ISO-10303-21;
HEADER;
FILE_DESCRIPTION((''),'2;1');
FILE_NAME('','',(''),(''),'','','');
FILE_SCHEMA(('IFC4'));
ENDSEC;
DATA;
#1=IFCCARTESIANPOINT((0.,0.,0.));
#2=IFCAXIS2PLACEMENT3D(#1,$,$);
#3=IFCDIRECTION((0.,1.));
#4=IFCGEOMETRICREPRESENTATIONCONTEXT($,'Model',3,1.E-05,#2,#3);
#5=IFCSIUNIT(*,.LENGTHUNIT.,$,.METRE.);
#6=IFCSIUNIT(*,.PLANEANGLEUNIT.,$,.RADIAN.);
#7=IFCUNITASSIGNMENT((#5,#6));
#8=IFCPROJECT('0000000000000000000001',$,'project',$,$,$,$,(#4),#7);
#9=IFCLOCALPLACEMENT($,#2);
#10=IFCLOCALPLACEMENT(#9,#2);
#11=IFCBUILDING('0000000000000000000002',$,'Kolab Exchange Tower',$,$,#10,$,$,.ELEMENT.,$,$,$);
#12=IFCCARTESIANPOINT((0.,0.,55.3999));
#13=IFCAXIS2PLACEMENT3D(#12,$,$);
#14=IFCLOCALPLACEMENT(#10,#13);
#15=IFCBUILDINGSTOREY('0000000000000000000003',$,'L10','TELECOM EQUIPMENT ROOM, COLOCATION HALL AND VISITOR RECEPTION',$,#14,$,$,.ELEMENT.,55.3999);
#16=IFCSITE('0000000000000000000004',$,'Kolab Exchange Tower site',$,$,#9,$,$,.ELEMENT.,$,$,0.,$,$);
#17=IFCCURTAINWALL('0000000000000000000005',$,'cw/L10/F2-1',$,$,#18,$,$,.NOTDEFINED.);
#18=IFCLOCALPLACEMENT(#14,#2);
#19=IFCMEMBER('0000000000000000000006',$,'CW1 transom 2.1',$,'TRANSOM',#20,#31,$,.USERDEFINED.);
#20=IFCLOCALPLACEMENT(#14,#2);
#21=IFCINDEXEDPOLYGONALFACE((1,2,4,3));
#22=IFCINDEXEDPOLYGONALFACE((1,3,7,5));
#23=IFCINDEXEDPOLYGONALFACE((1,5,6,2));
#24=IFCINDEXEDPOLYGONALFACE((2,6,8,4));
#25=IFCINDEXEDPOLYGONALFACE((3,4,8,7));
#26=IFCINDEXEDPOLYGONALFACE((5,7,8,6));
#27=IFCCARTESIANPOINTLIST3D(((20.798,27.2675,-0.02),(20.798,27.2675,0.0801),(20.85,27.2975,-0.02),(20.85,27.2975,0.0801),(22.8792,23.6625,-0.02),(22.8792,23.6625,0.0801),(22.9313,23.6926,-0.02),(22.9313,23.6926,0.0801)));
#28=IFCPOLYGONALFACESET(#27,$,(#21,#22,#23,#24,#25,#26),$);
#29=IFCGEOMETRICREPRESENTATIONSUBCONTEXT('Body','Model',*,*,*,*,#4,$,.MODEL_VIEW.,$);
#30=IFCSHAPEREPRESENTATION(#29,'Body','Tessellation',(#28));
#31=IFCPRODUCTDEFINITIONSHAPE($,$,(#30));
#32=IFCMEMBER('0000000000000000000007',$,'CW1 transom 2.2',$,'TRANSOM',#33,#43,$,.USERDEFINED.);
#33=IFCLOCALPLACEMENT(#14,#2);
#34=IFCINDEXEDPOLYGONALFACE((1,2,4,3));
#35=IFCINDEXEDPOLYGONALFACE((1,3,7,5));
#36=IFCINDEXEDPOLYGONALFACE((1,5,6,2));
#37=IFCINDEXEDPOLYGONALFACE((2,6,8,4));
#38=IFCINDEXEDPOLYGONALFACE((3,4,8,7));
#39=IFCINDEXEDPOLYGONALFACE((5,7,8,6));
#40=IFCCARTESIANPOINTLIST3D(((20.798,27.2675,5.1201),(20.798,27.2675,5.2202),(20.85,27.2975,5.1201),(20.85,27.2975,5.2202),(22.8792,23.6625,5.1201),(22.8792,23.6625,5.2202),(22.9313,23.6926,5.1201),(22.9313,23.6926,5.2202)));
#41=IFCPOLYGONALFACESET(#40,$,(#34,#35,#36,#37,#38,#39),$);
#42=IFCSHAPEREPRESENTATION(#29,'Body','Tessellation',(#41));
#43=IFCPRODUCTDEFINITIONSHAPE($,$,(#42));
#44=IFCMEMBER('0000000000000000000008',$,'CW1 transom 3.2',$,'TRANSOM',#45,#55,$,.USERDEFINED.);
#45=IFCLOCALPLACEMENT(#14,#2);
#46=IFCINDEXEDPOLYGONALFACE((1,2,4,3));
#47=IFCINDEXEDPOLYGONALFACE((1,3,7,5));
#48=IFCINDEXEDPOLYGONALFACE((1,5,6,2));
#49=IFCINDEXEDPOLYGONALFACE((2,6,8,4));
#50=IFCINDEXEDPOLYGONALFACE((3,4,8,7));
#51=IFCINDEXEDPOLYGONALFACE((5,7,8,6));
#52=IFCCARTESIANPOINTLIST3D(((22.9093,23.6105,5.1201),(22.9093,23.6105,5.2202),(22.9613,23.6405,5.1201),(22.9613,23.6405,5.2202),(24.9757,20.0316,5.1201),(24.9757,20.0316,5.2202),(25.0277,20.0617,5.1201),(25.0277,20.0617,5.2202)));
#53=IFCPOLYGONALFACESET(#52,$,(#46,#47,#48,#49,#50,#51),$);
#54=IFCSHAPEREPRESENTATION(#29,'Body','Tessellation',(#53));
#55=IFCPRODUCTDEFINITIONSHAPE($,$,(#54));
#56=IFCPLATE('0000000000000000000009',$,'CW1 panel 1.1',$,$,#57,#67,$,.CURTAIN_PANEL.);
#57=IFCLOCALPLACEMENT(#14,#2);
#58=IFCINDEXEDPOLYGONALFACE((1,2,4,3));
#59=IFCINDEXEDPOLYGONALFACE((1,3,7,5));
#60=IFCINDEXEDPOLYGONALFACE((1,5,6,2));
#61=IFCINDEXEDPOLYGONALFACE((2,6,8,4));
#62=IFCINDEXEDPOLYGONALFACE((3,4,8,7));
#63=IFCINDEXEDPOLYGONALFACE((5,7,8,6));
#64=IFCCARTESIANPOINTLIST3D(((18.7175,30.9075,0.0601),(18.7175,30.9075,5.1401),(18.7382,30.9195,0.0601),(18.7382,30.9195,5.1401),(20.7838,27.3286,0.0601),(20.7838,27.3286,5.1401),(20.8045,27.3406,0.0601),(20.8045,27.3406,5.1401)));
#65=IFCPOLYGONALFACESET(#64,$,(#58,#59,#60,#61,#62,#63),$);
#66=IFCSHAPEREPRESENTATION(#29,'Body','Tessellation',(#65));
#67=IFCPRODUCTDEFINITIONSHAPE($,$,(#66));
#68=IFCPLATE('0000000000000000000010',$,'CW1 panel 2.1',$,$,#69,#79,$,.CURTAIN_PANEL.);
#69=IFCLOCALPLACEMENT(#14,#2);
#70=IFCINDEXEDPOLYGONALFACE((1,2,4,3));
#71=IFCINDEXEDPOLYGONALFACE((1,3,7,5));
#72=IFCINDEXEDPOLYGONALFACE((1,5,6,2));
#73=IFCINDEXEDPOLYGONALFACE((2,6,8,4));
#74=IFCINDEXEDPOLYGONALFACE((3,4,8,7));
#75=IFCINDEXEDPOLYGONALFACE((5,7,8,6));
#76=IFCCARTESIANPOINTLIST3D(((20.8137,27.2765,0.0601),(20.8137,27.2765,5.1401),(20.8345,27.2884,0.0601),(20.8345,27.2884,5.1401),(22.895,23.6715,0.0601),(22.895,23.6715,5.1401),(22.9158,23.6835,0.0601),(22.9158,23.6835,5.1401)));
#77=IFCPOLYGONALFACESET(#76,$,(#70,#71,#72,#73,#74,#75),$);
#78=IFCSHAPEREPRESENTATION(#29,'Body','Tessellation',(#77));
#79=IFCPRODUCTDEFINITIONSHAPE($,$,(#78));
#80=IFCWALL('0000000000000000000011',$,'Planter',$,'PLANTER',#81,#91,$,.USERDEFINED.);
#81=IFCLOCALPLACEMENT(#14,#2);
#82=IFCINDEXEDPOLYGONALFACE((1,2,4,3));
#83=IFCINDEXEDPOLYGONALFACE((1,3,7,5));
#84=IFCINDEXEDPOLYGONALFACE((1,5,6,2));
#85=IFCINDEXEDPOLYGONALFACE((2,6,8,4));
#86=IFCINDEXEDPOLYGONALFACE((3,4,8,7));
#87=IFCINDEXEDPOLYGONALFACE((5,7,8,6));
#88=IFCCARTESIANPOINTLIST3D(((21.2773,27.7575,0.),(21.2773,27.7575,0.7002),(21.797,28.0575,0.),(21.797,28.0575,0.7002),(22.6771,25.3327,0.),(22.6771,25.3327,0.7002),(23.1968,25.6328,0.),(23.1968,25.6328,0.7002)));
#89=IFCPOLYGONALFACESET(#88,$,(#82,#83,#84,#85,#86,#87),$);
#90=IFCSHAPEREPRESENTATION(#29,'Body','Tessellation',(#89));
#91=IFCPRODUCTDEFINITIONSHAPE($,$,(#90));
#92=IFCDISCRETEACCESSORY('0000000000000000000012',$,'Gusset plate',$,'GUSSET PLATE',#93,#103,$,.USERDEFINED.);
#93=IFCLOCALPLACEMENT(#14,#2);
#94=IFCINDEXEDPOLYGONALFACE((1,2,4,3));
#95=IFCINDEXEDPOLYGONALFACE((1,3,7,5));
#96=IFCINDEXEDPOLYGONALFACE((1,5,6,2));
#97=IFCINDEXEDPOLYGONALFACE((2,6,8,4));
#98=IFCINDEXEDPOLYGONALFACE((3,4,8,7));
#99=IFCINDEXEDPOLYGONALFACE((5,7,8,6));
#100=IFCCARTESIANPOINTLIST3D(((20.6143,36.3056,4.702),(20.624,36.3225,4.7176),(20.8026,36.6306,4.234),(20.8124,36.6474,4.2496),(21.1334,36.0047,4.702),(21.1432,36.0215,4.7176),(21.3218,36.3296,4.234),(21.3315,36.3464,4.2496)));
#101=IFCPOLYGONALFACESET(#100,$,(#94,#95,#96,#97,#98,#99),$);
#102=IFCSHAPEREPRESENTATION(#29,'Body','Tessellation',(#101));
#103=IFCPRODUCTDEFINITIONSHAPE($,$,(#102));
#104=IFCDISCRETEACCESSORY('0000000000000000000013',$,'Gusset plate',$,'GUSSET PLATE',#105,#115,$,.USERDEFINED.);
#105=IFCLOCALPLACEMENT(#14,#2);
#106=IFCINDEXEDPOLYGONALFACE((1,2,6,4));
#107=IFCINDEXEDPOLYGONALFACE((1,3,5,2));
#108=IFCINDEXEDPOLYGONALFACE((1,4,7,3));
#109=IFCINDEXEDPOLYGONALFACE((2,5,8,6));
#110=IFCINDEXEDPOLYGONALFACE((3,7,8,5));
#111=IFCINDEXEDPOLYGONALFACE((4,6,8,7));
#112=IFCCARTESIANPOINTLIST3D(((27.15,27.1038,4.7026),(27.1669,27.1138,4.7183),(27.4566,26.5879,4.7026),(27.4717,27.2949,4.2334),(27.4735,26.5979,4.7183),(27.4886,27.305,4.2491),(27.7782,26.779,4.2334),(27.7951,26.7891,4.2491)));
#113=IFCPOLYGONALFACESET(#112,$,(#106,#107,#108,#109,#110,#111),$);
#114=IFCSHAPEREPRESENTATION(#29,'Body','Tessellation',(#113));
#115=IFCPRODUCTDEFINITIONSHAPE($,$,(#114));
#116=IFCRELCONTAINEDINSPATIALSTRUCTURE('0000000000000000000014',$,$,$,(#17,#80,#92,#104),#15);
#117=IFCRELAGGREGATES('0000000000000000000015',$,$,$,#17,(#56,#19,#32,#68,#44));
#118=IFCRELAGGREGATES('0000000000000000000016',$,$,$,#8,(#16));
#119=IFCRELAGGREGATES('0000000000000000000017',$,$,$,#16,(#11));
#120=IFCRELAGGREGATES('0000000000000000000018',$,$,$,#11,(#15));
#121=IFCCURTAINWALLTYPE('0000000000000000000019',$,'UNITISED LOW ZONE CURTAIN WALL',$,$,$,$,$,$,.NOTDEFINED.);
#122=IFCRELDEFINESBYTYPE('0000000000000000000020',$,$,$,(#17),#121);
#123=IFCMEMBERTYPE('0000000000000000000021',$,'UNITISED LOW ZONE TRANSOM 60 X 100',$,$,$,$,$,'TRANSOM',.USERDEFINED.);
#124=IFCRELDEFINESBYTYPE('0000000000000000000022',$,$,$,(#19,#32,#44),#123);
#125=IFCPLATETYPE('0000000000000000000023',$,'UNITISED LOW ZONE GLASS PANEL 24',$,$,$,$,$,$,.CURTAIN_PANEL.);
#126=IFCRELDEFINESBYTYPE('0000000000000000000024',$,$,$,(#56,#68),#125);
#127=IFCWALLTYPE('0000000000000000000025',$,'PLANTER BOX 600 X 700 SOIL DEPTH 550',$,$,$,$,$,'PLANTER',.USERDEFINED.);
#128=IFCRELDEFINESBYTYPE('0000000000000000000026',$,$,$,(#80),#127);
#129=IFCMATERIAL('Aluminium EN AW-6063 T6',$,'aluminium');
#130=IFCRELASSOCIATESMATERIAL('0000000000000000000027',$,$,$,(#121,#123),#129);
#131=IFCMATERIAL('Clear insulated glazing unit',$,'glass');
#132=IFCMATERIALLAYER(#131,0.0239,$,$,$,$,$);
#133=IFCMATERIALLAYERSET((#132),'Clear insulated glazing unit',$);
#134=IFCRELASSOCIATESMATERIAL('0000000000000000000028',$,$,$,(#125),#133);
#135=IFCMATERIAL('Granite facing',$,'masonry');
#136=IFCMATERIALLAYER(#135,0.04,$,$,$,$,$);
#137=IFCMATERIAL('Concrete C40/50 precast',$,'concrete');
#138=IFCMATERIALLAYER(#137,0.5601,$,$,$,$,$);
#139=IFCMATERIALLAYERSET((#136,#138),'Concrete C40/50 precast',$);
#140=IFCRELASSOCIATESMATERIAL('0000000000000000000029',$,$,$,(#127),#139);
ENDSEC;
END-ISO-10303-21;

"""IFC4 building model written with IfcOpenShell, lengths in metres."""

from ifc_helpers import new_model, si_unit, direction, frame, frame_2d, origin, origin_2d, place, context, subcontext, project, spatial, rectangle, extrude, material, layer, layer_set, material_profile, profile_set, type_object, element, aggregate, save


model = new_model("IFC4")

# Units and contexts
model_context = context("Model", 3, precision=1e-05, world=origin(), true_north=direction((0.0, 1.0)))
body_context = subcontext(model_context, "Body", "Model", "MODEL_VIEW")
ifc_project = project(units=[si_unit("LENGTHUNIT", "METRE"), si_unit("PLANEANGLEUNIT", "RADIAN")], contexts=[model_context])

# Site, building, storey
site_placement = place(None, origin())
site = spatial("IfcSite", under=ifc_project, at=site_placement, Name="Kolab Exchange Tower site", CompositionType="ELEMENT", RefElevation=0.0)
building_placement = place(site_placement, origin())
building = spatial("IfcBuilding", under=site, at=building_placement, Name="Kolab Exchange Tower", CompositionType="ELEMENT")
storey_placement = place(building_placement, frame((0.0, 0.0, 55.3999)))
storey = spatial("IfcBuildingStorey", under=building, at=storey_placement, Name="L10", Description="TELECOM EQUIPMENT ROOM, COLOCATION HALL AND VISITOR RECEPTION", CompositionType="ELEMENT", Elevation=55.3999)

# Curtain wall
ifc_material_1 = material(Name="Aluminium EN AW-6063 T6", Category="aluminium")
curtain_wall_type = type_object("IfcCurtainWallType", Name="UNITISED LOW ZONE CURTAIN WALL", PredefinedType="NOTDEFINED", material=ifc_material_1)
curtain_wall_1_placement = place(storey_placement, origin())
curtain_wall_1 = element("IfcCurtainWall", 1, at=curtain_wall_1_placement, inside=storey, type_object=curtain_wall_type, Name="cw/L10/F2-1", PredefinedType="NOTDEFINED")

# Members
ifc_material_profile_1 = material_profile(ifc_material_1, rectangle(XDim=0.0601, YDim=0.1001, at=origin_2d()), Name="RECT 60X100")
ifc_profile_set_1 = profile_set([ifc_material_profile_1], Name="Aluminium EN AW-6063 T6")
member_type_1 = type_object("IfcMemberType", Name="UNITISED LOW ZONE TRANSOM 60 X 100", ElementType="TRANSOM", PredefinedType="USERDEFINED", material=ifc_profile_set_1)
member_1_placement = place(storey_placement, frame((20.824, 27.2825, 0.03), z_axis=(0.499993, -0.866029, 0.0), x_axis=(0.866029, 0.499993, 0.0)))
member_1 = element("IfcMember", 2, at=member_1_placement, type_object=member_type_1, Name="CW1 transom 2.1", ObjectType="TRANSOM", PredefinedType="USERDEFINED", context=body_context, shape_type="SweptSolid", body=[
    extrude(rectangle(XDim=0.0601, YDim=0.1001, at=origin_2d()), origin(), (0.0, 0.0, 1.0), 4.1626),
])
member_2_placement = place(storey_placement, frame((20.824, 27.2825, 5.1702), z_axis=(0.499993, -0.866029, 0.0), x_axis=(0.866029, 0.499993, 0.0)))
member_2 = element("IfcMember", 3, at=member_2_placement, type_object=member_type_1, Name="CW1 transom 2.2", ObjectType="TRANSOM", PredefinedType="USERDEFINED", context=body_context, shape_type="SweptSolid", body=[
    extrude(rectangle(XDim=0.0601, YDim=0.1001, at=origin_2d()), origin(), (0.0, 0.0, 1.0), 4.1626),
])
member_3_placement = place(storey_placement, frame((22.9353, 23.6255, 5.1702), z_axis=(0.500028, -0.866009, 0.0), x_axis=(0.866009, 0.500028, 0.0)))
member_3 = element("IfcMember", 4, at=member_3_placement, type_object=member_type_1, Name="CW1 transom 3.2", ObjectType="TRANSOM", PredefinedType="USERDEFINED", context=body_context, shape_type="SweptSolid", body=[
    extrude(rectangle(XDim=0.0601, YDim=0.1001, at=origin_2d()), origin(), (0.0, 0.0, 1.0), 4.1326),
])

# Plates
ifc_material_2 = material(Name="Clear insulated glazing unit", Category="glass")
ifc_layer_1 = layer(ifc_material_2, 0.0239)
ifc_layer_set_1 = layer_set([ifc_layer_1], Name="Clear insulated glazing unit")
plate_type = type_object("IfcPlateType", Name="UNITISED LOW ZONE GLASS PANEL 24", PredefinedType="CURTAIN_PANEL", material=ifc_layer_set_1)
plate_1_placement = place(storey_placement, frame((19.761, 29.124, 0.0601), z_axis=(0.0, 0.0, 1.0), x_axis=(0.5, -0.866025, 0.0)))
plate_1 = element("IfcPlate", 5, at=plate_1_placement, type_object=plate_type, Name="CW1 panel 1.1", PredefinedType="CURTAIN_PANEL", context=body_context, shape_type="SweptSolid", body=[
    extrude(rectangle(XDim=4.1326, YDim=0.0239, at=origin_2d()), origin(), (0.0, 0.0, 1.0), 5.0801),
])
plate_2_placement = place(storey_placement, frame((21.8647, 25.48, 0.0601), z_axis=(0.0, 0.0, 1.0), x_axis=(0.5, -0.866025, 0.0)))
plate_2 = element("IfcPlate", 6, at=plate_2_placement, type_object=plate_type, Name="CW1 panel 2.1", PredefinedType="CURTAIN_PANEL", context=body_context, shape_type="SweptSolid", body=[
    extrude(rectangle(XDim=4.1626, YDim=0.0239, at=origin_2d()), origin(), (0.0, 0.0, 1.0), 5.0801),
])
aggregate(curtain_wall_1, [plate_1, member_1, member_2, plate_2, member_3])

# Wall
ifc_material_3 = material(Name="Granite facing", Category="masonry")
ifc_layer_2 = layer(ifc_material_3, 0.04)
ifc_material_4 = material(Name="Concrete C40/50 precast", Category="concrete")
ifc_layer_3 = layer(ifc_material_4, 0.5601)
ifc_layer_set_2 = layer_set([ifc_layer_2, ifc_layer_3], Name="Concrete C40/50 precast")
wall_type = type_object("IfcWallType", Name="PLANTER BOX 600 X 700 SOIL DEPTH 550", ElementType="PLANTER", PredefinedType="USERDEFINED", material=ifc_layer_set_2)
wall_placement = place(storey_placement, frame((21.5371, 27.9075, 0.0), z_axis=(0.0, 0.0, 1.0), x_axis=(0.499984, -0.866035, 0.0)))
element("IfcWall", 7, at=wall_placement, inside=storey, type_object=wall_type, Name="Planter", ObjectType="PLANTER", PredefinedType="USERDEFINED", context=body_context, shape_type="SweptSolid", body=[
    extrude(rectangle(XDim=2.7998, YDim=0.6001, at=frame_2d((1.3999, 0.0))), origin(), (0.0, 0.0, 1.0), 0.7002),
])

# Discrete accessories
discrete_accessory_1_placement = place(storey_placement, frame((20.968, 36.3176, 4.468), z_axis=(0.391162, 0.674754, 0.625859), x_axis=(-0.86514, 0.50153, 0.0)))
element("IfcDiscreteAccessory", 8, at=discrete_accessory_1_placement, inside=storey, Name="Gusset plate", ObjectType="GUSSET PLATE", PredefinedType="USERDEFINED", context=body_context, shape_type="SweptSolid", body=[
    extrude(rectangle(XDim=0.6001, YDim=0.6001, at=origin_2d()), origin(), (0.0, 0.0, 1.0), 0.0249),
])
discrete_accessory_2_placement = place(storey_placement, frame((27.4641, 26.9414, 4.468), z_axis=(0.672156, 0.399397, 0.623449), x_axis=(-0.510827, 0.859684, 0.0)))
element("IfcDiscreteAccessory", 9, at=discrete_accessory_2_placement, inside=storey, Name="Gusset plate", ObjectType="GUSSET PLATE", PredefinedType="USERDEFINED", context=body_context, shape_type="SweptSolid", body=[
    extrude(rectangle(XDim=0.6001, YDim=0.6001, at=origin_2d()), origin(), (0.0, 0.0, 1.0), 0.0251),
])

save(model, "model.ifc")
